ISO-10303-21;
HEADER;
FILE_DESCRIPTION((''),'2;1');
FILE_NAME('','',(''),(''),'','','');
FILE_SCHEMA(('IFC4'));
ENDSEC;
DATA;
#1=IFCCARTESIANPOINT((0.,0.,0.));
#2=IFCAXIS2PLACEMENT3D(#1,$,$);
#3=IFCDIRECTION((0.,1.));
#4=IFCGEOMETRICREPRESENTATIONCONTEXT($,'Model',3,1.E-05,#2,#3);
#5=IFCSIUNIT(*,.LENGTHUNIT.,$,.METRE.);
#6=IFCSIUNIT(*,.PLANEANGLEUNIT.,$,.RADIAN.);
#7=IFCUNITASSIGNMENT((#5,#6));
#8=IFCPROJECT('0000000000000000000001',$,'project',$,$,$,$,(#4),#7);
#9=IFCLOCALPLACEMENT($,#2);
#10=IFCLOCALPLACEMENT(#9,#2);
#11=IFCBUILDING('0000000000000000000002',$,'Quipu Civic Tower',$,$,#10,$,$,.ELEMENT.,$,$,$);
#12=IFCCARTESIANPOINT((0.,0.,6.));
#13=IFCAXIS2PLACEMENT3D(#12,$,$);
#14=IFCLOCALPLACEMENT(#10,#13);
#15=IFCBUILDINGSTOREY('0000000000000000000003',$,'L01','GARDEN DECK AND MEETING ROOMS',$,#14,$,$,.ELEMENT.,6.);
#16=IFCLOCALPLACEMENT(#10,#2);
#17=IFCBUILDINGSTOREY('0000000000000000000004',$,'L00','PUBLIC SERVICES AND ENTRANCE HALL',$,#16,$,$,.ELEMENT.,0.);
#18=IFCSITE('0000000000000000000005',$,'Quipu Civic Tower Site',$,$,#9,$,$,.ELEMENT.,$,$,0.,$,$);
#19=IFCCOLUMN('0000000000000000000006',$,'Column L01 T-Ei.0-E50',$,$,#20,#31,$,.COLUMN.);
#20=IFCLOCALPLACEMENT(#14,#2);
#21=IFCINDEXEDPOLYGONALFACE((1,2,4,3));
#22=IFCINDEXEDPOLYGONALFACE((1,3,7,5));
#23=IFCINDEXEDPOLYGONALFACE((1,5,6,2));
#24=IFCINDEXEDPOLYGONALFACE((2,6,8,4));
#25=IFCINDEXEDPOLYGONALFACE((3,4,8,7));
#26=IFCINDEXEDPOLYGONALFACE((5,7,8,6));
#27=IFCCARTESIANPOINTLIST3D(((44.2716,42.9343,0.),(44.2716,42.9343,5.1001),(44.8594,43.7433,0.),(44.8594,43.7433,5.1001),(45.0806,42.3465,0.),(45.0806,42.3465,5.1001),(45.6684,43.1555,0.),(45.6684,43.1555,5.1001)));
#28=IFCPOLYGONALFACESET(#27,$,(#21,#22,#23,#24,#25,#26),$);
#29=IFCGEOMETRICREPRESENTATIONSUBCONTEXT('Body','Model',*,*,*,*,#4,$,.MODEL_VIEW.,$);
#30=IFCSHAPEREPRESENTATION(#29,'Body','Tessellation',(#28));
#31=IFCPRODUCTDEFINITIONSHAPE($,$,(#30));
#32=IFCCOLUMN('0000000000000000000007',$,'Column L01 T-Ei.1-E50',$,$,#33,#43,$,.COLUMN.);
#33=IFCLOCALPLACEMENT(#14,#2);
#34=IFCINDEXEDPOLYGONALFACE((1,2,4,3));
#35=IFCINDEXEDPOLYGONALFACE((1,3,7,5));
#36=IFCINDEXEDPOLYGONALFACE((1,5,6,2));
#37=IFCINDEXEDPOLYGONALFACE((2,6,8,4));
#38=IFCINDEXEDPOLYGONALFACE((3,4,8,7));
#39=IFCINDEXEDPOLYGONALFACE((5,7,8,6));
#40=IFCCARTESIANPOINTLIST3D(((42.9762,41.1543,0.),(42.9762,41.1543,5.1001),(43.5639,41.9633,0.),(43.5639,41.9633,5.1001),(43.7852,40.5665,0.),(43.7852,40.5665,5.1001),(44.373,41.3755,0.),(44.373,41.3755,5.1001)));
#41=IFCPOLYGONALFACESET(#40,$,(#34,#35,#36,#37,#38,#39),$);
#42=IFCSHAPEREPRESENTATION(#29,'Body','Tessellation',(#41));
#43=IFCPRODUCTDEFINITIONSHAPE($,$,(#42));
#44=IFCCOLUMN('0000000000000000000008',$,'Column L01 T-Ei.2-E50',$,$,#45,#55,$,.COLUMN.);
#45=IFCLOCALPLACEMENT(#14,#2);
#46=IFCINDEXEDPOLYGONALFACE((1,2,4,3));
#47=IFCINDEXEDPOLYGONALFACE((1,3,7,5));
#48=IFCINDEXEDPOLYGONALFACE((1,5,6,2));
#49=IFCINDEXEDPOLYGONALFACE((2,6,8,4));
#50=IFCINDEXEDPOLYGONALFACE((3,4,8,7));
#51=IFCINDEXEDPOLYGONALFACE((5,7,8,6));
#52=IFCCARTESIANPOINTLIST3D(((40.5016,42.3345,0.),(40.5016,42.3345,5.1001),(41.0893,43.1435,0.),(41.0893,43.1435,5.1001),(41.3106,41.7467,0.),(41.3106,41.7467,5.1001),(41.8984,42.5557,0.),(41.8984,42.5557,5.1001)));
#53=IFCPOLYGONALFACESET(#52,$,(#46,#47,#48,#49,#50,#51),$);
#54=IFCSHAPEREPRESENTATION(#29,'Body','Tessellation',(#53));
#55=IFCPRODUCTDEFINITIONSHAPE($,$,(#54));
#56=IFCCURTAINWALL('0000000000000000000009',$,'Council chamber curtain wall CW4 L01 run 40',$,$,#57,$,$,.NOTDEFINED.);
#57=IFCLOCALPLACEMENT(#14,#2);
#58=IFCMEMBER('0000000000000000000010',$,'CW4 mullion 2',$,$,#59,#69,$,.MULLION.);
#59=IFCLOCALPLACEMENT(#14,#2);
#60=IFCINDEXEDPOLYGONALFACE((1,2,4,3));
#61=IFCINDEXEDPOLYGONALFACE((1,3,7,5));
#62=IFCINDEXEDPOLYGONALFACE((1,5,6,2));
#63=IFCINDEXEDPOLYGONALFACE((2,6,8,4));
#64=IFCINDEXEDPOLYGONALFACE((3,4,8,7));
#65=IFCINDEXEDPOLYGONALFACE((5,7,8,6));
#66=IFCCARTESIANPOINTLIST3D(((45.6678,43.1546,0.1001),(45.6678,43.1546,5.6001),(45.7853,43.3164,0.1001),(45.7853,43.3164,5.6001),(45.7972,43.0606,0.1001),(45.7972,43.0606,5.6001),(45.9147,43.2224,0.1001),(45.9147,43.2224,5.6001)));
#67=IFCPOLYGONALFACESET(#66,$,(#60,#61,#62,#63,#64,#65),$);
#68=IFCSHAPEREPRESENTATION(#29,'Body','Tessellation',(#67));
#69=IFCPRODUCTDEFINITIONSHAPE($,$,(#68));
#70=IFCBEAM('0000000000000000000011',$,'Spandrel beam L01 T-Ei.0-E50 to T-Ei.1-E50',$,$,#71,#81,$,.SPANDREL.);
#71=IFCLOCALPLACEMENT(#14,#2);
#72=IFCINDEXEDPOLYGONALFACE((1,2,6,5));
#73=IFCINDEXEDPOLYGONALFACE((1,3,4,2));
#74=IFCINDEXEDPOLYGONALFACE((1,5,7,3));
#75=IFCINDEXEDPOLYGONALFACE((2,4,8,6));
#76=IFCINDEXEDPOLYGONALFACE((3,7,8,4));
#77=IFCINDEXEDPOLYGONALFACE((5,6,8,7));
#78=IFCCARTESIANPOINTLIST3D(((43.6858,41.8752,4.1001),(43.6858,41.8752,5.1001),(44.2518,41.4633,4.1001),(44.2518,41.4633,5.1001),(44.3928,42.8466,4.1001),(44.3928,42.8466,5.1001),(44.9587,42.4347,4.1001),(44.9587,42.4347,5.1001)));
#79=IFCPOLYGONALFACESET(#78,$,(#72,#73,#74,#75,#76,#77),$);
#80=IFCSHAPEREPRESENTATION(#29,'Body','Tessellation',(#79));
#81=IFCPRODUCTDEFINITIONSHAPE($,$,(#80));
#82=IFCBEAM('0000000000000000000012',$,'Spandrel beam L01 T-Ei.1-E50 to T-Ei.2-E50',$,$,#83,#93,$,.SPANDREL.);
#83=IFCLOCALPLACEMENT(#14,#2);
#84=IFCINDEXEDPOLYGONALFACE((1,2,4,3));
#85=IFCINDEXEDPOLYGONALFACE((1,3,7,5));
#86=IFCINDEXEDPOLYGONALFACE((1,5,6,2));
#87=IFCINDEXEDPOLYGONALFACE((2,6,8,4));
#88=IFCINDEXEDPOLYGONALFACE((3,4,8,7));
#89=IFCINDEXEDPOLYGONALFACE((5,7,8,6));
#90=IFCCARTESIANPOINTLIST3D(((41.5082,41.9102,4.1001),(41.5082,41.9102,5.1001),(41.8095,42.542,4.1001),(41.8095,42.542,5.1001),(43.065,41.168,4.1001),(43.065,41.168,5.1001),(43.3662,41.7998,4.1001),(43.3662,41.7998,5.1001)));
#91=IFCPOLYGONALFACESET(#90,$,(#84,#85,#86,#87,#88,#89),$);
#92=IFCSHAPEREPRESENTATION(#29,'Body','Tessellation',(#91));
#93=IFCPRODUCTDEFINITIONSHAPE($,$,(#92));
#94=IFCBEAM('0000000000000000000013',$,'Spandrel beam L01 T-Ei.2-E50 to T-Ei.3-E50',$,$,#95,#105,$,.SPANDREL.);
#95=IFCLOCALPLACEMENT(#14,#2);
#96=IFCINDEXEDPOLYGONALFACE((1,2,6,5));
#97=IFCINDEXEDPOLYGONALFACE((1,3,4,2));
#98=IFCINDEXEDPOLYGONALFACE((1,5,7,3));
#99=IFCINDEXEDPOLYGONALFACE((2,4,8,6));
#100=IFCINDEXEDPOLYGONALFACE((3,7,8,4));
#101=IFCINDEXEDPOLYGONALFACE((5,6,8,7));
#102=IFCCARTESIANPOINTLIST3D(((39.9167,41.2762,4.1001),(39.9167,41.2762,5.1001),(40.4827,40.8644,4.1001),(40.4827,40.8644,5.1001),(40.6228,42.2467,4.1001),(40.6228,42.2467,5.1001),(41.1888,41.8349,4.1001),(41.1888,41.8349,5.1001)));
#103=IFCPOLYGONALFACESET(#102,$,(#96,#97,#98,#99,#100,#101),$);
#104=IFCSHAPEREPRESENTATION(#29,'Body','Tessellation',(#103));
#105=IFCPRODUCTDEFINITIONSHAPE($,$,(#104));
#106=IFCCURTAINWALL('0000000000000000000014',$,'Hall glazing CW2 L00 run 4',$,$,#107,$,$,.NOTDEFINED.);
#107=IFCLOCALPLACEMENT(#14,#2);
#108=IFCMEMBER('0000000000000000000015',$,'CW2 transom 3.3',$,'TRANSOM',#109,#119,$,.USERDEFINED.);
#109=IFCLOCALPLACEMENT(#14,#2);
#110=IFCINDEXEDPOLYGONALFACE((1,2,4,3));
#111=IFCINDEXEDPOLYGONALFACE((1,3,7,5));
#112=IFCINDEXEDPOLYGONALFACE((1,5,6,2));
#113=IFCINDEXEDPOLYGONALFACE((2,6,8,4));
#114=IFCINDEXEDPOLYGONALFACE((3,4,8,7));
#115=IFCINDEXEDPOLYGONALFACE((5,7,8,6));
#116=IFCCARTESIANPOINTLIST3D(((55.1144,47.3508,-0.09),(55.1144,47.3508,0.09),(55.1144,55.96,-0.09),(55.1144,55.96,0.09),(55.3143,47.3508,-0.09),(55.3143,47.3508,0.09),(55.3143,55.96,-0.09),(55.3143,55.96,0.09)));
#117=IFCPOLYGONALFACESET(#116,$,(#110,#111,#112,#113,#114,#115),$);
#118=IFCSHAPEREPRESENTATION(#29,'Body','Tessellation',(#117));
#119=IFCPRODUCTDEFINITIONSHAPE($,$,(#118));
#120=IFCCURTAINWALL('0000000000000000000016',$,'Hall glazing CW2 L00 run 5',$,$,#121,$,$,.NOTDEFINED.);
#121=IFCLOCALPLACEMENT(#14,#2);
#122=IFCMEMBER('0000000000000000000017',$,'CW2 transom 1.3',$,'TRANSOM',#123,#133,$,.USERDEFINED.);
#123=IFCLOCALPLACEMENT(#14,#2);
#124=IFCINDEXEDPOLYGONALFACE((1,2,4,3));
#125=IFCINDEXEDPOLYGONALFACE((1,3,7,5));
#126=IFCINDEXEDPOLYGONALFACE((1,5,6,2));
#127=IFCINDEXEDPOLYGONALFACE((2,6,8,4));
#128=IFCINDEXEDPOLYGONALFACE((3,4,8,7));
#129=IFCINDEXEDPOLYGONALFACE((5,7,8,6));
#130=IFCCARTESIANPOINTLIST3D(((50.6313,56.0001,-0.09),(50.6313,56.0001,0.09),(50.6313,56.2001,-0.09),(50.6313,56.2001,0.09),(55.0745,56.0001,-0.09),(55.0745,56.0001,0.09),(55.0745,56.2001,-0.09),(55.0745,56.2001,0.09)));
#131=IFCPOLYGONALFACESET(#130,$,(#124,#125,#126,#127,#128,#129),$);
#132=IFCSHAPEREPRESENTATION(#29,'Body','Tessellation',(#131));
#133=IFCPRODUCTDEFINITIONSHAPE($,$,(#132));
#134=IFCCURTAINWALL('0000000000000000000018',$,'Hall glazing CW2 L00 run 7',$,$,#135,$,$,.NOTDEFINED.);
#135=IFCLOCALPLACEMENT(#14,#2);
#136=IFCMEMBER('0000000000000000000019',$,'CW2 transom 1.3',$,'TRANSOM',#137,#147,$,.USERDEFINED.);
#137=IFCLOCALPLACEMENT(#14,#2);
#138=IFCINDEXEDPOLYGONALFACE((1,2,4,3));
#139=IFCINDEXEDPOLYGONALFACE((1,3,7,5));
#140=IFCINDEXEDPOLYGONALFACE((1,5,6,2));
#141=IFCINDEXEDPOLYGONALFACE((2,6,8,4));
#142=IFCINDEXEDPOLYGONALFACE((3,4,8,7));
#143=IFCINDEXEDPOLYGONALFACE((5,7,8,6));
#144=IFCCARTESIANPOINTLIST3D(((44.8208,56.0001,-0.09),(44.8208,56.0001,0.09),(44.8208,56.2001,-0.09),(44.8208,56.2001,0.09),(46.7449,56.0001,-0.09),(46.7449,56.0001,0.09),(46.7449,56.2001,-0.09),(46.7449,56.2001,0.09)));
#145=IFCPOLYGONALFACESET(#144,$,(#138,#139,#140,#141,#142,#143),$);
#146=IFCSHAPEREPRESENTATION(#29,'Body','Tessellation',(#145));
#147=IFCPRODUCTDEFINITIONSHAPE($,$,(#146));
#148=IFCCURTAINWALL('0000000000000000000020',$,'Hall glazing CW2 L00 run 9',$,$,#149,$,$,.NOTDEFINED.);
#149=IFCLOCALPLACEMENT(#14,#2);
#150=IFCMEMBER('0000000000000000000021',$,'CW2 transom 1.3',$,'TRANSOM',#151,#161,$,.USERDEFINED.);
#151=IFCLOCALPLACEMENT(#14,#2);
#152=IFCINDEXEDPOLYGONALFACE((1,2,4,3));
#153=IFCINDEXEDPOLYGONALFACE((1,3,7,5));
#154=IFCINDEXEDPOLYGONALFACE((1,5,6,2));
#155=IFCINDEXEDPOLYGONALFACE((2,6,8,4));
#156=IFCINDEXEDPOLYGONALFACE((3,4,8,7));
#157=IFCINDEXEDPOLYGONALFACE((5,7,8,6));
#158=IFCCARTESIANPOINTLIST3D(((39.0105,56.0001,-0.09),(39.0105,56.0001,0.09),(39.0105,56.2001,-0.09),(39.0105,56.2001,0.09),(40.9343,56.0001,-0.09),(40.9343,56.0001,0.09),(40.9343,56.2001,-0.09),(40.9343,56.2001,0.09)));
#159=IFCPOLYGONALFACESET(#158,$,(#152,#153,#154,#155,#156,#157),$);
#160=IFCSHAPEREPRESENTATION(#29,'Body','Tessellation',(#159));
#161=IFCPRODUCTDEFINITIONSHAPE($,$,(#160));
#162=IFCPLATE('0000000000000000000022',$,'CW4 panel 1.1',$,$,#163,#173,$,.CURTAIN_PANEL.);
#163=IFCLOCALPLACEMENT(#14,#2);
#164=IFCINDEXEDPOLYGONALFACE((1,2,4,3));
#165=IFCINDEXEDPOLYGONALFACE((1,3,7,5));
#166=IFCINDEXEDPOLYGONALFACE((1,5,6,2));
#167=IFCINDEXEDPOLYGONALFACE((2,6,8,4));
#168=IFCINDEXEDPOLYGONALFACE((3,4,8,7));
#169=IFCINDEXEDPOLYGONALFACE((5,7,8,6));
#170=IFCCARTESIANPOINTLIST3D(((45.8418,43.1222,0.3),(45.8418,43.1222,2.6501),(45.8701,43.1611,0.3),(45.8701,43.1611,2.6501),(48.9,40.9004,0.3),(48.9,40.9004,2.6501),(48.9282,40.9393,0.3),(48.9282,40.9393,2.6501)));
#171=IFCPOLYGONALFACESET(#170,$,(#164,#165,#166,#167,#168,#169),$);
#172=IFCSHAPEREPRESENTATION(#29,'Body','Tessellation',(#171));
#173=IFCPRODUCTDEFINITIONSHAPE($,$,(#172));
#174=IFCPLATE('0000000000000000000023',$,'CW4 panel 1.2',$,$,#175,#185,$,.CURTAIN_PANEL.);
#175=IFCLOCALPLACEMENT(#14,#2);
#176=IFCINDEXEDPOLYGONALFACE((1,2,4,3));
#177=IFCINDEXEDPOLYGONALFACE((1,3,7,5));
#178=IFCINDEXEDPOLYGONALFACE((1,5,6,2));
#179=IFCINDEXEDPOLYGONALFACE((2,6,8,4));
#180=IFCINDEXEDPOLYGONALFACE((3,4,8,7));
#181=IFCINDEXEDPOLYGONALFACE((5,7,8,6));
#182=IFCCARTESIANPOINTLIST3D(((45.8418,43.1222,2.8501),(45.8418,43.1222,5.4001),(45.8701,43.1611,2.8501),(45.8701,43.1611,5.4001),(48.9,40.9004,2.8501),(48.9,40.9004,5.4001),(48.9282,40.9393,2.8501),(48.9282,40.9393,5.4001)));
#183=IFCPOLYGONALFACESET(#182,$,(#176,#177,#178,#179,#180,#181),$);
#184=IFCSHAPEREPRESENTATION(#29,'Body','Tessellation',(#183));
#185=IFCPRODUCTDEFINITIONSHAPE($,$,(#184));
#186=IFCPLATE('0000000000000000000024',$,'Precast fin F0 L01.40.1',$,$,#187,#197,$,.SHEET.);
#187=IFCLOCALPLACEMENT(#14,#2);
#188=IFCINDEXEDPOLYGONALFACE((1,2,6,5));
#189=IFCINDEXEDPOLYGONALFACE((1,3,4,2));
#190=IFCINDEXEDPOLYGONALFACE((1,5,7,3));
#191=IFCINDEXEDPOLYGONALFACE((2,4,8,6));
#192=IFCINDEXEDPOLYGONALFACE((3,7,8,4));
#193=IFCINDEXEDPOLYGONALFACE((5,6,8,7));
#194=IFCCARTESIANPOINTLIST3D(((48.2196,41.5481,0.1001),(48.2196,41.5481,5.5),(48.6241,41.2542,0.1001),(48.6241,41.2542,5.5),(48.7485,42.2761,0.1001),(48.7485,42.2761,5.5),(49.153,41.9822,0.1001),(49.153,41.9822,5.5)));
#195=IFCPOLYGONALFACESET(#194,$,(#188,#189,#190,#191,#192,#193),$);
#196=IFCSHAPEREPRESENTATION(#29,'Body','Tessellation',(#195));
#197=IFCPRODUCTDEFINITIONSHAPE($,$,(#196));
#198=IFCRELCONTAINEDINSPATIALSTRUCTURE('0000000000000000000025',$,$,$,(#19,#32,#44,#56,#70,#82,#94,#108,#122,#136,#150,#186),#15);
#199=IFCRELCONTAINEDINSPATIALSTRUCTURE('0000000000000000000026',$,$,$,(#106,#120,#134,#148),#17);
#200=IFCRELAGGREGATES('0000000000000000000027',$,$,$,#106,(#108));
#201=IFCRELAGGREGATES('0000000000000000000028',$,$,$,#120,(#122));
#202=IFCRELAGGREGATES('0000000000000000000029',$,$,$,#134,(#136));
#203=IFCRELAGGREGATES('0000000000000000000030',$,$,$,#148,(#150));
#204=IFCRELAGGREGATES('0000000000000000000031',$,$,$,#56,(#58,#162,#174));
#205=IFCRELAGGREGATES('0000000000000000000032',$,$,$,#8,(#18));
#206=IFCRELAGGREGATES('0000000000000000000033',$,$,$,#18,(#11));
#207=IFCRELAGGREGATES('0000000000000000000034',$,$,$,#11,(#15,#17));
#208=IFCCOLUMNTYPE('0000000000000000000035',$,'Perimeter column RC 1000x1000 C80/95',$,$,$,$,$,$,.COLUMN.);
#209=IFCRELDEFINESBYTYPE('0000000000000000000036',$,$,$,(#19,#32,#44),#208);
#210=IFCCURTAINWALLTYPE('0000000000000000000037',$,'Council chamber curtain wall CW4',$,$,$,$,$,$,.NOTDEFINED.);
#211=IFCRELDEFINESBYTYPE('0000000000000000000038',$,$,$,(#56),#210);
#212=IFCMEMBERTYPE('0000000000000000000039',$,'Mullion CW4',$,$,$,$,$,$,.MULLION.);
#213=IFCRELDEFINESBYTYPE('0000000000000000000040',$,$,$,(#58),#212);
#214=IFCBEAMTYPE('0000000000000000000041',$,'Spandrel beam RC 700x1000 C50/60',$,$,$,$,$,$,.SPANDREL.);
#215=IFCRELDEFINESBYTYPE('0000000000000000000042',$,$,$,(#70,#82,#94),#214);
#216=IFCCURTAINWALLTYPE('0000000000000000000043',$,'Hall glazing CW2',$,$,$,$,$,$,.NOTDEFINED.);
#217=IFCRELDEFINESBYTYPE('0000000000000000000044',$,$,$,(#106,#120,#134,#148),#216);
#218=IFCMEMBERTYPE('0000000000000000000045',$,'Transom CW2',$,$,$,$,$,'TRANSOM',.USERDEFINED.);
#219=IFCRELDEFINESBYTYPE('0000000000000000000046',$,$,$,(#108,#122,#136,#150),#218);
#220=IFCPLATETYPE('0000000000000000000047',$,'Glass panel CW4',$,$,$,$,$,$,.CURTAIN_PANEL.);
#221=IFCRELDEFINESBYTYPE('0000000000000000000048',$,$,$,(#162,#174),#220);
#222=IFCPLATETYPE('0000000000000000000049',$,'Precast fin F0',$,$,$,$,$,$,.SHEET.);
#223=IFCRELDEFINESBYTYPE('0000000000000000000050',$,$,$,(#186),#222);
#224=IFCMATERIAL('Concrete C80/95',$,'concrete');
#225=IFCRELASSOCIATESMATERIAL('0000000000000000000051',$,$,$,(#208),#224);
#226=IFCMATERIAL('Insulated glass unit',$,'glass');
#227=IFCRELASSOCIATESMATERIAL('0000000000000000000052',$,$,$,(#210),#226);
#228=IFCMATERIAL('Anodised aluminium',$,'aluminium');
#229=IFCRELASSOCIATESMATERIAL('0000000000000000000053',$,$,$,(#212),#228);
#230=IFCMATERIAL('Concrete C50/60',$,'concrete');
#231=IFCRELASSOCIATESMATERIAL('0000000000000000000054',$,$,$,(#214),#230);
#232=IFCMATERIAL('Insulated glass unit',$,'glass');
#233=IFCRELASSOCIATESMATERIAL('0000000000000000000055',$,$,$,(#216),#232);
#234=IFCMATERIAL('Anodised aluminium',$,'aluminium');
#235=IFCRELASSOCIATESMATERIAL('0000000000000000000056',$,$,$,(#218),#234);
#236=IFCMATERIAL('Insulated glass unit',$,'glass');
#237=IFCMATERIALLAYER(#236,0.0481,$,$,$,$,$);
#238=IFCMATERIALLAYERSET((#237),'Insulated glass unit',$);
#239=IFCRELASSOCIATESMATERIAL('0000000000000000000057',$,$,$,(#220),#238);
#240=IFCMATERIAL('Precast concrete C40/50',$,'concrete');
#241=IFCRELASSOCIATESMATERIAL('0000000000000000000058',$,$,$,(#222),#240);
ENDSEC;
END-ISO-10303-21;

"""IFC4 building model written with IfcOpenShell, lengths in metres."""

from ifc_helpers import new_model, si_unit, direction, frame, origin, origin_2d, place, context, subcontext, project, spatial, rectangle, extrude, material, layer, layer_set, material_profile, profile_set, type_object, element, aggregate, save


model = new_model("IFC4")

# Units and contexts
model_context = context("Model", 3, precision=1e-05, world=origin(), true_north=direction((0.0, 1.0)))
body_context = subcontext(model_context, "Body", "Model", "MODEL_VIEW")
ifc_project = project(units=[si_unit("LENGTHUNIT", "METRE"), si_unit("PLANEANGLEUNIT", "RADIAN")], contexts=[model_context])

# Site, building, storey
site_placement = place(None, origin())
site = spatial("IfcSite", under=ifc_project, at=site_placement, Name="Quipu Civic Tower Site", CompositionType="ELEMENT", RefElevation=0.0)
building_placement = place(site_placement, origin())
building = spatial("IfcBuilding", under=site, at=building_placement, Name="Quipu Civic Tower", CompositionType="ELEMENT")
storey_1_placement = place(building_placement, frame((0.0, 0.0, 6.0)))
storey_1 = spatial("IfcBuildingStorey", under=building, at=storey_1_placement, Name="L01", Description="GARDEN DECK AND MEETING ROOMS", CompositionType="ELEMENT", Elevation=6.0)

# Columns
ifc_material_1 = material(Name="Concrete C80/95", Category="concrete")
ifc_material_profile_1 = material_profile(ifc_material_1, rectangle(XDim=1.0, YDim=1.0, at=origin_2d()), Name="RC1000x1000")
ifc_profile_set_1 = profile_set([ifc_material_profile_1], Name="Concrete C80/95")
column_type = type_object("IfcColumnType", Name="Perimeter column RC 1000x1000 C80/95", PredefinedType="COLUMN", material=ifc_profile_set_1)
for number, where, z_axis, x_axis, name in (
    (1, (44.97, 43.0449, 0.0), (0.0, 0.0, 1.0), (-0.809017, 0.587785, 0.0), "Column L01 T-Ei.0-E50"),
    (2, (43.6746, 41.2649, 0.0), (0.0, 0.0, 1.0), (-0.809017, 0.587785, 0.0), "Column L01 T-Ei.1-E50"),
    (3, (41.2, 42.4451, 0.0), (0.0, 0.0, 1.0), (-0.587785, -0.809017, 0.0), "Column L01 T-Ei.2-E50"),
):
    element("IfcColumn", number, at=place(storey_1_placement, frame(where, z_axis=z_axis, x_axis=x_axis)), inside=storey_1, type_object=column_type, Name=name, PredefinedType="COLUMN", context=body_context, shape_type="SweptSolid", body=[
        extrude(rectangle(XDim=1.0, YDim=1.0, at=origin_2d()), origin(), (0.0, 0.0, 1.0), 5.1001),
    ])

# Curtain wall, member
ifc_material_2 = material(Name="Insulated glass unit", Category="glass")
curtain_wall_type_1 = type_object("IfcCurtainWallType", Name="Council chamber curtain wall CW4", PredefinedType="NOTDEFINED", material=ifc_material_2)
curtain_wall_1_placement = place(storey_1_placement, origin())
curtain_wall_1 = element("IfcCurtainWall", 4, at=curtain_wall_1_placement, inside=storey_1, type_object=curtain_wall_type_1, Name="Council chamber curtain wall CW4 L01 run 40", PredefinedType="NOTDEFINED")
ifc_material_3 = material(Name="Anodised aluminium", Category="aluminium")
ifc_material_profile_2 = material_profile(ifc_material_3, rectangle(XDim=0.2, YDim=0.1599, at=origin_2d()), Name="RECT 200x160")
ifc_profile_set_2 = profile_set([ifc_material_profile_2], Name="Anodised aluminium")
member_type_1 = type_object("IfcMemberType", Name="Mullion CW4", PredefinedType="MULLION", material=ifc_profile_set_2)
member_1_placement = place(storey_1_placement, frame((45.7913, 43.1885, 0.1001), z_axis=(0.0, 0.0, 1.0), x_axis=(-0.587767, -0.80903, 0.0)))
member_1 = element("IfcMember", 5, at=member_1_placement, type_object=member_type_1, Name="CW4 mullion 2", PredefinedType="MULLION", context=body_context, shape_type="SweptSolid", body=[
    extrude(rectangle(XDim=0.2, YDim=0.1599, at=origin_2d()), origin(), (0.0, 0.0, 1.0), 5.5),
])

# Beams
ifc_material_4 = material(Name="Concrete C50/60", Category="concrete")
ifc_material_profile_3 = material_profile(ifc_material_4, rectangle(XDim=0.7, YDim=1.0, at=origin_2d()), Name="RC700x1000")
ifc_profile_set_3 = profile_set([ifc_material_profile_3], Name="Concrete C50/60")
beam_type = type_object("IfcBeamType", Name="Spandrel beam RC 700x1000 C50/60", PredefinedType="SPANDREL", material=ifc_profile_set_3)
beam_1_placement = place(storey_1_placement, frame((44.6758, 42.6406, 4.6001), z_axis=(-0.588462, -0.808525, 0.0), x_axis=(0.808525, -0.588462, 0.0)))
element("IfcBeam", 6, at=beam_1_placement, inside=storey_1, type_object=beam_type, Name="Spandrel beam L01 T-Ei.0-E50 to T-Ei.1-E50", PredefinedType="SPANDREL", context=body_context, shape_type="SweptSolid", body=[
    extrude(rectangle(XDim=0.7, YDim=1.0, at=origin_2d()), origin(), (0.0, 0.0, 1.0), 1.2014),
])
beam_2_placement = place(storey_1_placement, frame((43.2156, 41.4839, 4.6001), z_axis=(-0.902651, 0.430373, 0.0), x_axis=(-0.430373, -0.902651, 0.0)))
element("IfcBeam", 7, at=beam_2_placement, inside=storey_1, type_object=beam_type, Name="Spandrel beam L01 T-Ei.1-E50 to T-Ei.2-E50", PredefinedType="SPANDREL", context=body_context, shape_type="SweptSolid", body=[
    extrude(rectangle(XDim=0.7, YDim=1.0, at=origin_2d()), origin(), (0.0, 0.0, 1.0), 1.7246),
])
beam_3_placement = place(storey_1_placement, frame((40.9058, 42.0408, 4.6001), z_axis=(-0.588317, -0.808631, 0.0), x_axis=(0.808631, -0.588317, 0.0)))
element("IfcBeam", 8, at=beam_3_placement, inside=storey_1, type_object=beam_type, Name="Spandrel beam L01 T-Ei.2-E50 to T-Ei.3-E50", PredefinedType="SPANDREL", context=body_context, shape_type="SweptSolid", body=[
    extrude(rectangle(XDim=0.7, YDim=1.0, at=origin_2d()), origin(), (0.0, 0.0, 1.0), 1.2002),
])

# Shared definitions
storey_2_placement = place(building_placement, origin())
storey_2 = spatial("IfcBuildingStorey", under=building, at=storey_2_placement, Name="L00", Description="PUBLIC SERVICES AND ENTRANCE HALL", CompositionType="ELEMENT", Elevation=0.0)

# Curtain walls, members
ifc_material_5 = material(Name="Insulated glass unit", Category="glass")
curtain_wall_type_2 = type_object("IfcCurtainWallType", Name="Hall glazing CW2", PredefinedType="NOTDEFINED", material=ifc_material_5)
curtain_wall_2_placement = place(storey_2_placement, origin())
curtain_wall_2 = element("IfcCurtainWall", 9, at=curtain_wall_2_placement, inside=storey_2, type_object=curtain_wall_type_2, Name="Hall glazing CW2 L00 run 4", PredefinedType="NOTDEFINED")
ifc_material_6 = material(Name="Anodised aluminium", Category="aluminium")
ifc_material_profile_4 = material_profile(ifc_material_6, rectangle(XDim=0.2, YDim=0.1799, at=origin_2d()), Name="RECT 200x180")
ifc_profile_set_4 = profile_set([ifc_material_profile_4], Name="Anodised aluminium")
member_type_2 = type_object("IfcMemberType", Name="Transom CW2", ElementType="TRANSOM", PredefinedType="USERDEFINED", material=ifc_profile_set_4)
member_2_placement = place(storey_1_placement, frame((55.2144, 47.3508, 0.0), z_axis=(0.0, 1.0, 0.0), x_axis=(-1.0, 0.0, 0.0)))
member_2 = element("IfcMember", 10, at=member_2_placement, inside=storey_1, type_object=member_type_2, Name="CW2 transom 3.3", ObjectType="TRANSOM", PredefinedType="USERDEFINED", context=body_context, shape_type="SweptSolid", body=[
    extrude(rectangle(XDim=0.2, YDim=0.1799, at=origin_2d()), origin(), (0.0, 0.0, 1.0), 8.6091),
])
aggregate(curtain_wall_2, [member_2])
curtain_wall_3_placement = place(storey_2_placement, origin())
curtain_wall_3 = element("IfcCurtainWall", 11, at=curtain_wall_3_placement, inside=storey_2, type_object=curtain_wall_type_2, Name="Hall glazing CW2 L00 run 5", PredefinedType="NOTDEFINED")
member_3_placement = place(storey_1_placement, frame((55.0745, 56.1001, 0.0), z_axis=(-1.0, 0.0, 0.0), x_axis=(0.0, -1.0, 0.0)))
member_3 = element("IfcMember", 12, at=member_3_placement, inside=storey_1, type_object=member_type_2, Name="CW2 transom 1.3", ObjectType="TRANSOM", PredefinedType="USERDEFINED", context=body_context, shape_type="SweptSolid", body=[
    extrude(rectangle(XDim=0.2, YDim=0.1799, at=origin_2d()), origin(), (0.0, 0.0, 1.0), 4.4431),
])
aggregate(curtain_wall_3, [member_3])
curtain_wall_4_placement = place(storey_2_placement, origin())
curtain_wall_4 = element("IfcCurtainWall", 13, at=curtain_wall_4_placement, inside=storey_2, type_object=curtain_wall_type_2, Name="Hall glazing CW2 L00 run 7", PredefinedType="NOTDEFINED")
member_4_placement = place(storey_1_placement, frame((46.7449, 56.1001, 0.0), z_axis=(-1.0, 0.0, 0.0), x_axis=(0.0, -1.0, 0.0)))
member_4 = element("IfcMember", 14, at=member_4_placement, inside=storey_1, type_object=member_type_2, Name="CW2 transom 1.3", ObjectType="TRANSOM", PredefinedType="USERDEFINED", context=body_context, shape_type="SweptSolid", body=[
    extrude(rectangle(XDim=0.2, YDim=0.1799, at=origin_2d()), origin(), (0.0, 0.0, 1.0), 1.9241),
])
aggregate(curtain_wall_4, [member_4])
curtain_wall_5_placement = place(storey_2_placement, origin())
curtain_wall_5 = element("IfcCurtainWall", 15, at=curtain_wall_5_placement, inside=storey_2, type_object=curtain_wall_type_2, Name="Hall glazing CW2 L00 run 9", PredefinedType="NOTDEFINED")
member_5_placement = place(storey_1_placement, frame((40.9343, 56.1001, 0.0), z_axis=(-1.0, 0.0, 0.0), x_axis=(0.0, -1.0, 0.0)))
member_5 = element("IfcMember", 16, at=member_5_placement, inside=storey_1, type_object=member_type_2, Name="CW2 transom 1.3", ObjectType="TRANSOM", PredefinedType="USERDEFINED", context=body_context, shape_type="SweptSolid", body=[
    extrude(rectangle(XDim=0.2, YDim=0.1799, at=origin_2d()), origin(), (0.0, 0.0, 1.0), 1.9238),
])
aggregate(curtain_wall_5, [member_5])

# Plates
ifc_material_7 = material(Name="Insulated glass unit", Category="glass")
ifc_layer = layer(ifc_material_7, 0.0481)
ifc_layer_set = layer_set([ifc_layer], Name="Insulated glass unit")
plate_type_1 = type_object("IfcPlateType", Name="Glass panel CW4", PredefinedType="CURTAIN_PANEL", material=ifc_layer_set)
plate_1_placement = place(storey_1_placement, frame((47.385, 42.0308, 0.3), z_axis=(0.0, 0.0, 1.0), x_axis=(-0.80903, 0.587767, 0.0)))
plate_1 = element("IfcPlate", 17, at=plate_1_placement, type_object=plate_type_1, Name="CW4 panel 1.1", PredefinedType="CURTAIN_PANEL", context=body_context, shape_type="SweptSolid", body=[
    extrude(rectangle(XDim=3.78, YDim=0.0481, at=origin_2d()), origin(), (0.0, 0.0, 1.0), 2.3501),
])
plate_2_placement = place(storey_1_placement, frame((47.385, 42.0308, 2.8501), z_axis=(0.0, 0.0, 1.0), x_axis=(-0.80903, 0.587767, 0.0)))
plate_2 = element("IfcPlate", 18, at=plate_2_placement, type_object=plate_type_1, Name="CW4 panel 1.2", PredefinedType="CURTAIN_PANEL", context=body_context, shape_type="SweptSolid", body=[
    extrude(rectangle(XDim=3.78, YDim=0.0481, at=origin_2d()), origin(), (0.0, 0.0, 1.0), 2.55),
])
aggregate(curtain_wall_1, [member_1, plate_1, plate_2])

# Plate
ifc_material_8 = material(Name="Precast concrete C40/50", Category="concrete")
plate_type_2 = type_object("IfcPlateType", Name="Precast fin F0", PredefinedType="SHEET", material=ifc_material_8)
for number, where, z_axis, x_axis, name in (
    (19, (48.6863, 41.7651, 0.1001), (0.0, 0.0, 1.0), (-0.809021, 0.587779, 0.0), "Precast fin F0 L01.40.1"),
):
    element("IfcPlate", number, at=place(storey_1_placement, frame(where, z_axis=z_axis, x_axis=x_axis)), inside=storey_1, type_object=plate_type_2, Name=name, PredefinedType="SHEET", context=body_context, shape_type="SweptSolid", body=[
        extrude(rectangle(XDim=0.5, YDim=0.8999, at=origin_2d()), origin(), (0.0, 0.0, 1.0), 5.3999),
    ])

save(model, "model.ifc")
